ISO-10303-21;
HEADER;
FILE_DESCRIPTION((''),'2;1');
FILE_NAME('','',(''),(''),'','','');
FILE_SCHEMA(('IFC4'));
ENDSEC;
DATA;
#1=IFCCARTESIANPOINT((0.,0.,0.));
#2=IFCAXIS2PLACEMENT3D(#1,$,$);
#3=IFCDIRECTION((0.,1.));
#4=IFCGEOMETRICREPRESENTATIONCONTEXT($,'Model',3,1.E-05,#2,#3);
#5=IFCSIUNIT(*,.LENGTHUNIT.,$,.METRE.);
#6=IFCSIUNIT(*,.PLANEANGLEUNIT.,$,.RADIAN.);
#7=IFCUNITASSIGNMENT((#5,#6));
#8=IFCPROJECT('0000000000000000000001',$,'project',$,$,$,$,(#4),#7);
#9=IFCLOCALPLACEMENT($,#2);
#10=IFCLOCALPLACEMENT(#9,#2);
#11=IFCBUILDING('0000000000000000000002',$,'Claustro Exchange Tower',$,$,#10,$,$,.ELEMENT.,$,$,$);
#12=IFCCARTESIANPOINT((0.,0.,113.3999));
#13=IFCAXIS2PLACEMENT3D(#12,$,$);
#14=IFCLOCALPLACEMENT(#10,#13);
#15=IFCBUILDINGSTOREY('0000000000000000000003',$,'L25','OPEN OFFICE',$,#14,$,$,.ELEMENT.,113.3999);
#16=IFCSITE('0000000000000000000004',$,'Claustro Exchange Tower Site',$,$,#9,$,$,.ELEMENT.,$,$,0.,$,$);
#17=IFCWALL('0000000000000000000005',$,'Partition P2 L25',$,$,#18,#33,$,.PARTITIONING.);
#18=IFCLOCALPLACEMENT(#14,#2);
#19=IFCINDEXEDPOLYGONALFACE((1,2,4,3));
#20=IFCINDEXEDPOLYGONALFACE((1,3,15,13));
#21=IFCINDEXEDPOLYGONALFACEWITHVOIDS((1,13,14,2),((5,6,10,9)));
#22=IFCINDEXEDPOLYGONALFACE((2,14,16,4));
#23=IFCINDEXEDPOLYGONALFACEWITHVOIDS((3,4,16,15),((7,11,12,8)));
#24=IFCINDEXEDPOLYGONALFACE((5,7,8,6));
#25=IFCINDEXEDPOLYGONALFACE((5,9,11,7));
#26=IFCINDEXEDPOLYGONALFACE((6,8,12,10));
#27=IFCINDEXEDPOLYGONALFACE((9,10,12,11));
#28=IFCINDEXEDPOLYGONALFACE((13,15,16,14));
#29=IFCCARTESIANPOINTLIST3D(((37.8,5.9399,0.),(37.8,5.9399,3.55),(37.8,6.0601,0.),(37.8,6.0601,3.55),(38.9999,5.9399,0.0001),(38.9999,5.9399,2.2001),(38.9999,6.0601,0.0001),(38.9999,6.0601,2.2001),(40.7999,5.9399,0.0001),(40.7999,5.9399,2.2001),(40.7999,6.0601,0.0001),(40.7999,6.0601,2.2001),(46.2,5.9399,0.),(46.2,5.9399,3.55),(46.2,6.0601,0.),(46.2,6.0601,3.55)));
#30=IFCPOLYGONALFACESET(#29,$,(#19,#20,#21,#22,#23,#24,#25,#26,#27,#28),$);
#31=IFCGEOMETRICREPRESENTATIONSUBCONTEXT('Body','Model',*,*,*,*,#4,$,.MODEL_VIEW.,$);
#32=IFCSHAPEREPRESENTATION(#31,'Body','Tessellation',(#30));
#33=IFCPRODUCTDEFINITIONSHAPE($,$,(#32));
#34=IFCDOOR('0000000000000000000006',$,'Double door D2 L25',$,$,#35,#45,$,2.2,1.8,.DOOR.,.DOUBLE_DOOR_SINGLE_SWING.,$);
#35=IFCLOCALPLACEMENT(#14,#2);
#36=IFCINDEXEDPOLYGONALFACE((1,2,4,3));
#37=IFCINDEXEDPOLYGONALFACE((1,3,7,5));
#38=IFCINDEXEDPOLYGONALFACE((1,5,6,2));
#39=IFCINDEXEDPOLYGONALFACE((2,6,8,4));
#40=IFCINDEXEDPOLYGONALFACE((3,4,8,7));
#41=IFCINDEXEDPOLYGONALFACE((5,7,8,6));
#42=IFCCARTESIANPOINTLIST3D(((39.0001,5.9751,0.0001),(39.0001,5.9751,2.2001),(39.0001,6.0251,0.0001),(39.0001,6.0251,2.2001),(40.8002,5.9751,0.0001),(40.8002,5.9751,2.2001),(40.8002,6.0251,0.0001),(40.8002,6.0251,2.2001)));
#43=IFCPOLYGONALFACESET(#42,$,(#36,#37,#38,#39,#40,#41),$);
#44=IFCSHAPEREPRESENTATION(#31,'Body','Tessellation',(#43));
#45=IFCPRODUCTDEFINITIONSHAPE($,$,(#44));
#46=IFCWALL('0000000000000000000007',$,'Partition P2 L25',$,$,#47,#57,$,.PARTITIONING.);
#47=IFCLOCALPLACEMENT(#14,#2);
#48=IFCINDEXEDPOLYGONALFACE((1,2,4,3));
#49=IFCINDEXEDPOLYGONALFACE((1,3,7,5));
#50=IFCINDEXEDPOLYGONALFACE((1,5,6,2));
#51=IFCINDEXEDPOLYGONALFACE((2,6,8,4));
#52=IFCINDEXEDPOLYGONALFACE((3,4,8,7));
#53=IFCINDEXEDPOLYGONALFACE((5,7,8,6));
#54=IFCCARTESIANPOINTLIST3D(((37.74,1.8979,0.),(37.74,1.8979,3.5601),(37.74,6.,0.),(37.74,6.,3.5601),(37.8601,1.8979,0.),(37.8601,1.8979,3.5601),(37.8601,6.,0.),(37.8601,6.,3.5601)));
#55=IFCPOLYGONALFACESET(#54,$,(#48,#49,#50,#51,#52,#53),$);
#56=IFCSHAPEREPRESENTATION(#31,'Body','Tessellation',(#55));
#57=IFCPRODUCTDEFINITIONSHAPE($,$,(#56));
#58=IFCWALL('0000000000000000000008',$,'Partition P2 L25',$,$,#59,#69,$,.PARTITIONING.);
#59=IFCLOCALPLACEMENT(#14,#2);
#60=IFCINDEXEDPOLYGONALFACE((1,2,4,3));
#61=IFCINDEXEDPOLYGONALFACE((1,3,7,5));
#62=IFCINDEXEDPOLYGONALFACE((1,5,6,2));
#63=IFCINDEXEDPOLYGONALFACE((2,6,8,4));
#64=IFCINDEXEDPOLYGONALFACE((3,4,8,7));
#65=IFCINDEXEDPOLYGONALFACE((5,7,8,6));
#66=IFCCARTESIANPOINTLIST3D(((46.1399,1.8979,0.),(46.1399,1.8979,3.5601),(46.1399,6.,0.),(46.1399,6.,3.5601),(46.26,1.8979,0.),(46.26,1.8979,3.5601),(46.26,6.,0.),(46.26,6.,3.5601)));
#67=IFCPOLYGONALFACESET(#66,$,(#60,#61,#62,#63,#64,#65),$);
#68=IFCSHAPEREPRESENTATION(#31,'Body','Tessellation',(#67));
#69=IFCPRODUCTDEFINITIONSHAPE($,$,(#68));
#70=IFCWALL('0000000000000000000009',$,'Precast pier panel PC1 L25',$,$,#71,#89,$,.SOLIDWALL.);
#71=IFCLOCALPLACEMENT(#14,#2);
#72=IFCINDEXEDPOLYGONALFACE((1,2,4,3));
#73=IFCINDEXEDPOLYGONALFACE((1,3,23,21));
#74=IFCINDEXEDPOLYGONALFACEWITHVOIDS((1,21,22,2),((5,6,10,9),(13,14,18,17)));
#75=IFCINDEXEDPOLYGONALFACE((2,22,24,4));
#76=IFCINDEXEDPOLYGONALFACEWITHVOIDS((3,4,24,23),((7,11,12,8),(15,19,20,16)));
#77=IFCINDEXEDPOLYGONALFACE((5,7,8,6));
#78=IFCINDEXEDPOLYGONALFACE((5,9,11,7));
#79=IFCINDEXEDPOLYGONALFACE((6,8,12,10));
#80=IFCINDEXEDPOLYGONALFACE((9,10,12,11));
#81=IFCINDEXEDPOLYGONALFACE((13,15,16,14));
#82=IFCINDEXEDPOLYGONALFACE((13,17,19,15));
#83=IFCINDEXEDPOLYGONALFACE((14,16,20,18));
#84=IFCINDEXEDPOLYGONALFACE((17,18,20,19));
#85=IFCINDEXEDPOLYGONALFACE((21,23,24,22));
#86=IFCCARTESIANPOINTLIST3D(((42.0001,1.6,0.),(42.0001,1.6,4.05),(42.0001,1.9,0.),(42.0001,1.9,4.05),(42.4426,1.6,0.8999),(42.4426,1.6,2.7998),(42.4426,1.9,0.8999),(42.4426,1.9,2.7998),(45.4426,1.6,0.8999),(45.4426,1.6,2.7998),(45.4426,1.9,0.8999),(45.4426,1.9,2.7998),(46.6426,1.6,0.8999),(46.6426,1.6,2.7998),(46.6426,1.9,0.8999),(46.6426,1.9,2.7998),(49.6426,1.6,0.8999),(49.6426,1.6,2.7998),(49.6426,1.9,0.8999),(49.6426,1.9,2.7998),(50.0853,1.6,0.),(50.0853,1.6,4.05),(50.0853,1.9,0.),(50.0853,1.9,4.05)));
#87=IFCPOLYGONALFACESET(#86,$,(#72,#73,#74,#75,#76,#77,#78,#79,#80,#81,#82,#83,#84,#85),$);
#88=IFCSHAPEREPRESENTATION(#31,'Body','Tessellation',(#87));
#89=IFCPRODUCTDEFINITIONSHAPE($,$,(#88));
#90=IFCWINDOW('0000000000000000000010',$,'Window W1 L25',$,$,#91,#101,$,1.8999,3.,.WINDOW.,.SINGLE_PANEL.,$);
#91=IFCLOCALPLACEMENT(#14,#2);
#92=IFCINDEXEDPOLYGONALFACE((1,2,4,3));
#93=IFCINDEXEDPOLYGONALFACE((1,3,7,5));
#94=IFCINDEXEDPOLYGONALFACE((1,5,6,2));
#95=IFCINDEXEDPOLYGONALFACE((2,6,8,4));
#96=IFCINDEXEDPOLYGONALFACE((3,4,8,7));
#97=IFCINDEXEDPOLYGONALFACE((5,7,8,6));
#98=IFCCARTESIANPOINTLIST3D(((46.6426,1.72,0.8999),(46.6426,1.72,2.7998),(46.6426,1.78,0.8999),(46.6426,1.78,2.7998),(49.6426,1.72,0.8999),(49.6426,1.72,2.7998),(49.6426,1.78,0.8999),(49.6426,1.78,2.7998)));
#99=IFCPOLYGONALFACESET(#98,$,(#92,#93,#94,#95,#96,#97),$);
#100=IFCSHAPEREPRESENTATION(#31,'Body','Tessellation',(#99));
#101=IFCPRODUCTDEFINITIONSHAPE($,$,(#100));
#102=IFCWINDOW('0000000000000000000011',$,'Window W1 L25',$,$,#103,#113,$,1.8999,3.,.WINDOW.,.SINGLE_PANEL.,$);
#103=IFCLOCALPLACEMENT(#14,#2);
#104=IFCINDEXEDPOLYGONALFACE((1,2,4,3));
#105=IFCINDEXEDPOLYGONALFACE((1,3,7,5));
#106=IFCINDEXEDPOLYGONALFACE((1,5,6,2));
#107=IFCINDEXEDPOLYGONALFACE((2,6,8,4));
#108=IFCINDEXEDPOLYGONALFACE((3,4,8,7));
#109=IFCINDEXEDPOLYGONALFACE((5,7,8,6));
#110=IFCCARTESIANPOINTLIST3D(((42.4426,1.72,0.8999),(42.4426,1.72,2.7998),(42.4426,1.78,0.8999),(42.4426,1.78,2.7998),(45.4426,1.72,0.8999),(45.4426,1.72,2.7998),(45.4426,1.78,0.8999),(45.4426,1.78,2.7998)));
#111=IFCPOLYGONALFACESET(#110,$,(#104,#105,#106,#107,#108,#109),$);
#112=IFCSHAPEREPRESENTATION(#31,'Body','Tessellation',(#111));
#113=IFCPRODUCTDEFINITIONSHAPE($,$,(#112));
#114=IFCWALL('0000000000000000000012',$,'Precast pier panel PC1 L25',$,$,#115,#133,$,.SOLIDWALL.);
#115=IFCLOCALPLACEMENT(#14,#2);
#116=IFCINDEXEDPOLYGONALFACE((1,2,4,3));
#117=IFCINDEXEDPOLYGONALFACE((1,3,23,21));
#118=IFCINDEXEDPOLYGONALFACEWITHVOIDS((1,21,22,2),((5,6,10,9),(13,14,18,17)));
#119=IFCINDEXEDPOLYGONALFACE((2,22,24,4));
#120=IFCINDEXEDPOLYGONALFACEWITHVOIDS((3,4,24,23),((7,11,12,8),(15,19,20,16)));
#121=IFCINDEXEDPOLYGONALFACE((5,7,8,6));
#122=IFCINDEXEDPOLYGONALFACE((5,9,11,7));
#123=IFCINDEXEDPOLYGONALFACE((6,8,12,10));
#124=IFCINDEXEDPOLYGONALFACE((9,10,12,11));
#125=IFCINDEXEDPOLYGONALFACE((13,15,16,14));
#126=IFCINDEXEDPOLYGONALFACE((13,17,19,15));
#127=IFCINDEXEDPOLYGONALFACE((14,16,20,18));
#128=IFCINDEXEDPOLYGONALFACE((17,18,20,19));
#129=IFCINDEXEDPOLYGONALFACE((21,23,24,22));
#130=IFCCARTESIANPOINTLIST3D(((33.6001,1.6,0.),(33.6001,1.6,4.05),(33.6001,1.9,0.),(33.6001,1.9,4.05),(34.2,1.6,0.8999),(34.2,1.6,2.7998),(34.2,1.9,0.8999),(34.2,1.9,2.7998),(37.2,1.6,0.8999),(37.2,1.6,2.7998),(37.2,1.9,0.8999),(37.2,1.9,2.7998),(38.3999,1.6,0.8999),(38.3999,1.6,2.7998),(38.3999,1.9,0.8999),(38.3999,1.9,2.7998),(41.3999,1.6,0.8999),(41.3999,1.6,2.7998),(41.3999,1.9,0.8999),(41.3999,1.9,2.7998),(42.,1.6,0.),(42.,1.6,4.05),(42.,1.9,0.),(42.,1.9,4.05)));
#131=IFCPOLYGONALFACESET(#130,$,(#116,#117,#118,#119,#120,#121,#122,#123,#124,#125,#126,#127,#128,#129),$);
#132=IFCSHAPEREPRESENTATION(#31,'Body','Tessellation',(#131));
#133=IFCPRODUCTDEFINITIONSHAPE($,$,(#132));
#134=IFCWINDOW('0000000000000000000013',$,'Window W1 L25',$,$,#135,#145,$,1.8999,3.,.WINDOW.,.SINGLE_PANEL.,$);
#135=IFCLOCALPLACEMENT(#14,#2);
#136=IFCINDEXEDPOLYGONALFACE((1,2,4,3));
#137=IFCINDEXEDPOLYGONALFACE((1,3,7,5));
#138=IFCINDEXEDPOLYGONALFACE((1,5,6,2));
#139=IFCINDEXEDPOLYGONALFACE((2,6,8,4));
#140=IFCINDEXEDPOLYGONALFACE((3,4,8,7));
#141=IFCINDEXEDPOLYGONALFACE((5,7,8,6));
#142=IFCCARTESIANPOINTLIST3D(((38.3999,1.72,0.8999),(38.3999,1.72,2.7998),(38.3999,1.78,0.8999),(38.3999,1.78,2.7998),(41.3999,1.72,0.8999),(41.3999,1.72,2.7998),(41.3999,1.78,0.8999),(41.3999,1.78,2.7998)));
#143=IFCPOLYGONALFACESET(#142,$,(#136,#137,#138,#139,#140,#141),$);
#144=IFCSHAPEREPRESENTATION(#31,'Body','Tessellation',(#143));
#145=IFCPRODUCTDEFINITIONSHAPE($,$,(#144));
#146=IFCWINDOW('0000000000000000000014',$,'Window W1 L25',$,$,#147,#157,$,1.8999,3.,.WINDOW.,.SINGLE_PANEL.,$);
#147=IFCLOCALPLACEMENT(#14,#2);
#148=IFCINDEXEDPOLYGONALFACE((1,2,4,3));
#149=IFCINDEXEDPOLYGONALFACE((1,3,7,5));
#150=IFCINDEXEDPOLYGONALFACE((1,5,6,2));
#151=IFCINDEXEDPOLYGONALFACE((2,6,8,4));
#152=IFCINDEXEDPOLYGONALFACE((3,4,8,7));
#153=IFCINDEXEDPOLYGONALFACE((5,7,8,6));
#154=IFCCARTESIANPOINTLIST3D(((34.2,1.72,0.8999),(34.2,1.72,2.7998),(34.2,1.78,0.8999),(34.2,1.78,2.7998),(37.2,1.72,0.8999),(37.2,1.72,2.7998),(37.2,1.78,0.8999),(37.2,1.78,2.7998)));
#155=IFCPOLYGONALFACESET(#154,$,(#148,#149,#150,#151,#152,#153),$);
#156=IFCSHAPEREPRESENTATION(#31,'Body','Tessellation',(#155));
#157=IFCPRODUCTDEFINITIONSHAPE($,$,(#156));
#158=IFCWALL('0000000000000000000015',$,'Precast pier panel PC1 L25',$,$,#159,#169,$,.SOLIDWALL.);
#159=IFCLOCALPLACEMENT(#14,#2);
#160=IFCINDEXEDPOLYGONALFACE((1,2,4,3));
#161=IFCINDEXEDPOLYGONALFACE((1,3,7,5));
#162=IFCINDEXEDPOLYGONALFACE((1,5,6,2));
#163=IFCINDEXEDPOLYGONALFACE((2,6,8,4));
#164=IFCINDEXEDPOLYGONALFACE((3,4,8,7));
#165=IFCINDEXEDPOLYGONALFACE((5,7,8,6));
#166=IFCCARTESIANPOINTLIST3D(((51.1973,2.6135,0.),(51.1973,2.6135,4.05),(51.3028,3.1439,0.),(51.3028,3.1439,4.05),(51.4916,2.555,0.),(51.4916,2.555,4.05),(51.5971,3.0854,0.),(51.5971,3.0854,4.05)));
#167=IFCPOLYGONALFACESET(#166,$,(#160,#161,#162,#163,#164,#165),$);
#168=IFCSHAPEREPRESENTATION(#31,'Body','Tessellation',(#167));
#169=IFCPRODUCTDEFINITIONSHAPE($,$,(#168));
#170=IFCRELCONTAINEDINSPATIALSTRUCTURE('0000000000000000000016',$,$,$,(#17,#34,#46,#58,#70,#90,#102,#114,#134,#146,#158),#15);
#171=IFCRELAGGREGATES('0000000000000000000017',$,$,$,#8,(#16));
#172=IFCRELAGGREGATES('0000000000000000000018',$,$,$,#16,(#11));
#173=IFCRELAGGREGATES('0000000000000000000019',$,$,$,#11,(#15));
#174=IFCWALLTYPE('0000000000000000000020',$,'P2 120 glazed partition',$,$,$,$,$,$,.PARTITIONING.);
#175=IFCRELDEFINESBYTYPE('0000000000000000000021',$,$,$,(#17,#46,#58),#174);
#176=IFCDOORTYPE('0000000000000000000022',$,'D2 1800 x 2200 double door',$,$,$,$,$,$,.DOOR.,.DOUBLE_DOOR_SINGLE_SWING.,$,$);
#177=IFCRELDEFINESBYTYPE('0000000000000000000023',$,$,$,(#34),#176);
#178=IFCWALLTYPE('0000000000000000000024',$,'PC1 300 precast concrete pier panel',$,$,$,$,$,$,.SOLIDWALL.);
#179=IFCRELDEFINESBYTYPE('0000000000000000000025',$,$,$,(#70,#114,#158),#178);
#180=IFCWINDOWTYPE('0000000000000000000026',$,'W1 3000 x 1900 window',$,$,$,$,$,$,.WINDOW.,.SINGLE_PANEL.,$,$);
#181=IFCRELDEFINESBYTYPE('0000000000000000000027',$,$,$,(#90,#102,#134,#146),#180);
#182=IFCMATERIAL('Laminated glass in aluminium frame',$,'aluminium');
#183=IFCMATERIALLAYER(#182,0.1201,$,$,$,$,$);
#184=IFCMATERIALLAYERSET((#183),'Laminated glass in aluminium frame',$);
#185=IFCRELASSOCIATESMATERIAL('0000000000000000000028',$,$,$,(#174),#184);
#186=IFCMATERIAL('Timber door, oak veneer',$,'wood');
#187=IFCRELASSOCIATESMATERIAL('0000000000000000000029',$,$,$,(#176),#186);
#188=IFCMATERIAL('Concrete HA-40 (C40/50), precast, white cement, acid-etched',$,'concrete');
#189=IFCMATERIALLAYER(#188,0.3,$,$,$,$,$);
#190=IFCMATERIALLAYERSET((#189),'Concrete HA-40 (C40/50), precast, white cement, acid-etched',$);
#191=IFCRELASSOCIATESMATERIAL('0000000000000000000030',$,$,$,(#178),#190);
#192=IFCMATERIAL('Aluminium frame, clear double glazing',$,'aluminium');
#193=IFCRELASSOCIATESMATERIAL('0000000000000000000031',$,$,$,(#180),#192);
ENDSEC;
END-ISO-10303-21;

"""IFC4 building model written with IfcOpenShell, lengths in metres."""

from ifc_helpers import new_model, si_unit, direction, frame, frame_2d, origin, place, context, subcontext, project, spatial, rectangle, extrude, material, layer, layer_set, type_object, element, fill, save


model = new_model("IFC4")

# Units and contexts
model_context = context("Model", 3, precision=1e-05, world=origin(), true_north=direction((0.0, 1.0)))
body_context = subcontext(model_context, "Body", "Model", "MODEL_VIEW")
ifc_project = project(units=[si_unit("LENGTHUNIT", "METRE"), si_unit("PLANEANGLEUNIT", "RADIAN")], contexts=[model_context])

# Site, building, storey
site_placement = place(None, origin())
site = spatial("IfcSite", under=ifc_project, at=site_placement, Name="Claustro Exchange Tower Site", CompositionType="ELEMENT", RefElevation=0.0)
building_placement = place(site_placement, origin())
building = spatial("IfcBuilding", under=site, at=building_placement, Name="Claustro Exchange Tower", CompositionType="ELEMENT")
storey_placement = place(building_placement, frame((0.0, 0.0, 113.3999)))
storey = spatial("IfcBuildingStorey", under=building, at=storey_placement, Name="L25", Description="OPEN OFFICE", CompositionType="ELEMENT", Elevation=113.3999)

# Wall, opening, door
ifc_material_1 = material(Name="Laminated glass in aluminium frame", Category="aluminium")
ifc_layer_1 = layer(ifc_material_1, 0.1201)
ifc_layer_set_1 = layer_set([ifc_layer_1], Name="Laminated glass in aluminium frame")
wall_type_1 = type_object("IfcWallType", Name="P2 120 glazed partition", PredefinedType="PARTITIONING", material=ifc_layer_set_1)
wall_1_placement = place(storey_placement, frame((37.8, 6.0, 0.0), z_axis=(0.0, 0.0, 1.0), x_axis=(1.0, 0.0, 0.0)))
wall_1 = element("IfcWall", 1, at=wall_1_placement, inside=storey, type_object=wall_type_1, Name="Partition P2 L25", PredefinedType="PARTITIONING", context=body_context, shape_type="SweptSolid", body=[
    extrude(rectangle(XDim=8.3999, YDim=0.1201, at=frame_2d((4.2, 0.0))), origin(), (0.0, 0.0, 1.0), 3.55),
])
opening_1_placement = place(wall_1_placement, frame((1.2, 0.0, 0.0)))
opening_1 = element("IfcOpeningElement", 2, at=opening_1_placement, cuts=wall_1, PredefinedType="OPENING", context=body_context, shape_type="SweptSolid", body=[
    extrude(rectangle(XDim=1.8, YDim=2.2, at=frame_2d((0.8999, 1.1001))), frame((0.0, 0.0701, 0.0), z_axis=(0.0, -1.0, 0.0), x_axis=(1.0, 0.0, 0.0)), (0.0, 0.0, 1.0), 0.1401),
])
ifc_material_2 = material(Name="Timber door, oak veneer", Category="wood")
door_type_1 = type_object("IfcDoorType", Name="D2 1800 x 2200 double door", OperationType="DOUBLE_DOOR_SINGLE_SWING", PredefinedType="DOOR", material=ifc_material_2)
door_1_placement = place(opening_1_placement, frame((1.8, 0.0, 0.0), z_axis=(0.0, 0.0, 1.0), x_axis=(-1.0, 0.0, 0.0)))
door_1 = element("IfcDoor", 3, at=door_1_placement, inside=storey, type_object=door_type_1, Name="Double door D2 L25", OperationType="DOUBLE_DOOR_SINGLE_SWING", OverallHeight=2.2, OverallWidth=1.8, PredefinedType="DOOR", context=body_context, shape_type="SweptSolid", body=[
    extrude(rectangle(XDim=1.8, YDim=2.2, at=frame_2d((0.8999, 1.1001))), frame((0.0, 0.0249, 0.0), z_axis=(0.0, -1.0, 0.0), x_axis=(1.0, 0.0, 0.0)), (0.0, 0.0, 1.0), 0.05),
])
fill(opening_1, door_1)

# Walls
for number, where, z_axis, x_axis, name in (
    (4, (37.8, 1.8979, 0.0), (0.0, 0.0, 1.0), (0.0, 1.0, 0.0), "Partition P2 L25"),
    (5, (46.2, 1.8979, 0.0), (0.0, 0.0, 1.0), (0.0, 1.0, 0.0), "Partition P2 L25"),
):
    element("IfcWall", number, at=place(storey_placement, frame(where, z_axis=z_axis, x_axis=x_axis)), inside=storey, type_object=wall_type_1, Name=name, PredefinedType="PARTITIONING", context=body_context, shape_type="SweptSolid", body=[
        extrude(rectangle(XDim=4.1021, YDim=0.1201, at=frame_2d((2.051, 0.0))), origin(), (0.0, 0.0, 1.0), 3.5601),
    ])

# Walls, openings, windows
ifc_material_3 = material(Name="Concrete HA-40 (C40/50), precast, white cement, acid-etched", Category="concrete")
ifc_layer_2 = layer(ifc_material_3, 0.3)
ifc_layer_set_2 = layer_set([ifc_layer_2], Name="Concrete HA-40 (C40/50), precast, white cement, acid-etched")
wall_type_2 = type_object("IfcWallType", Name="PC1 300 precast concrete pier panel", PredefinedType="SOLIDWALL", material=ifc_layer_set_2)
wall_2_placement = place(storey_placement, frame((50.0852, 1.75, 0.0), z_axis=(0.0, 0.0, 1.0), x_axis=(-1.0, 0.0, 0.0)))
wall_2 = element("IfcWall", 6, at=wall_2_placement, inside=storey, type_object=wall_type_2, Name="Precast pier panel PC1 L25", PredefinedType="SOLIDWALL", context=body_context, shape_type="SweptSolid", body=[
    extrude(rectangle(XDim=8.0852, YDim=0.3, at=frame_2d((4.0425, 0.0))), origin(), (0.0, 0.0, 1.0), 4.05),
])
opening_2_placement = place(wall_2_placement, frame((0.4426, 0.0, 0.8999)))
opening_2 = element("IfcOpeningElement", 7, at=opening_2_placement, cuts=wall_2, PredefinedType="OPENING", context=body_context, shape_type="SweptSolid", body=[
    extrude(rectangle(XDim=3.0, YDim=1.8999, at=frame_2d((1.5, 0.95))), frame((0.0, 0.1599, 0.0), z_axis=(0.0, -1.0, 0.0), x_axis=(1.0, 0.0, 0.0)), (0.0, 0.0, 1.0), 0.3201),
])
opening_3_placement = place(wall_2_placement, frame((4.6426, 0.0, 0.8999)))
opening_3 = element("IfcOpeningElement", 8, at=opening_3_placement, cuts=wall_2, PredefinedType="OPENING", context=body_context, shape_type="SweptSolid", body=[
    extrude(rectangle(XDim=3.0, YDim=1.8999, at=frame_2d((1.5, 0.95))), frame((0.0, 0.1599, 0.0), z_axis=(0.0, -1.0, 0.0), x_axis=(1.0, 0.0, 0.0)), (0.0, 0.0, 1.0), 0.3201),
])
ifc_material_4 = material(Name="Aluminium frame, clear double glazing", Category="aluminium")
window_type = type_object("IfcWindowType", Name="W1 3000 x 1900 window", PartitioningType="SINGLE_PANEL", PredefinedType="WINDOW", material=ifc_material_4)
window_1_placement = place(opening_2_placement, origin())
window_1 = element("IfcWindow", 9, at=window_1_placement, inside=storey, type_object=window_type, Name="Window W1 L25", OverallHeight=1.8999, OverallWidth=3.0, PartitioningType="SINGLE_PANEL", PredefinedType="WINDOW", context=body_context, shape_type="SweptSolid", body=[
    extrude(rectangle(XDim=3.0, YDim=1.8999, at=frame_2d((1.5, 0.95))), frame((0.0, 0.03, 0.0), z_axis=(0.0, -1.0, 0.0), x_axis=(1.0, 0.0, 0.0)), (0.0, 0.0, 1.0), 0.0601),
])
fill(opening_2, window_1)
window_2_placement = place(opening_3_placement, origin())
window_2 = element("IfcWindow", 10, at=window_2_placement, inside=storey, type_object=window_type, Name="Window W1 L25", OverallHeight=1.8999, OverallWidth=3.0, PartitioningType="SINGLE_PANEL", PredefinedType="WINDOW", context=body_context, shape_type="SweptSolid", body=[
    extrude(rectangle(XDim=3.0, YDim=1.8999, at=frame_2d((1.5, 0.95))), frame((0.0, 0.03, 0.0), z_axis=(0.0, -1.0, 0.0), x_axis=(1.0, 0.0, 0.0)), (0.0, 0.0, 1.0), 0.0601),
])
fill(opening_3, window_2)
wall_3_placement = place(storey_placement, frame((42.0, 1.75, 0.0), z_axis=(0.0, 0.0, 1.0), x_axis=(-1.0, 0.0, 0.0)))
wall_3 = element("IfcWall", 11, at=wall_3_placement, inside=storey, type_object=wall_type_2, Name="Precast pier panel PC1 L25", PredefinedType="SOLIDWALL", context=body_context, shape_type="SweptSolid", body=[
    extrude(rectangle(XDim=8.3999, YDim=0.3, at=frame_2d((4.2, 0.0))), origin(), (0.0, 0.0, 1.0), 4.05),
])
opening_4_placement = place(wall_3_placement, frame((0.6001, 0.0, 0.8999)))
opening_4 = element("IfcOpeningElement", 12, at=opening_4_placement, cuts=wall_3, PredefinedType="OPENING", context=body_context, shape_type="SweptSolid", body=[
    extrude(rectangle(XDim=3.0, YDim=1.8999, at=frame_2d((1.5, 0.95))), frame((0.0, 0.1599, 0.0), z_axis=(0.0, -1.0, 0.0), x_axis=(1.0, 0.0, 0.0)), (0.0, 0.0, 1.0), 0.3201),
])
opening_5_placement = place(wall_3_placement, frame((4.8, 0.0, 0.8999)))
opening_5 = element("IfcOpeningElement", 13, at=opening_5_placement, cuts=wall_3, PredefinedType="OPENING", context=body_context, shape_type="SweptSolid", body=[
    extrude(rectangle(XDim=3.0, YDim=1.8999, at=frame_2d((1.5, 0.95))), frame((0.0, 0.1599, 0.0), z_axis=(0.0, -1.0, 0.0), x_axis=(1.0, 0.0, 0.0)), (0.0, 0.0, 1.0), 0.3201),
])
window_3_placement = place(opening_4_placement, origin())
window_3 = element("IfcWindow", 14, at=window_3_placement, inside=storey, type_object=window_type, Name="Window W1 L25", OverallHeight=1.8999, OverallWidth=3.0, PartitioningType="SINGLE_PANEL", PredefinedType="WINDOW", context=body_context, shape_type="SweptSolid", body=[
    extrude(rectangle(XDim=3.0, YDim=1.8999, at=frame_2d((1.5, 0.95))), frame((0.0, 0.03, 0.0), z_axis=(0.0, -1.0, 0.0), x_axis=(1.0, 0.0, 0.0)), (0.0, 0.0, 1.0), 0.0601),
])
fill(opening_4, window_3)
window_4_placement = place(opening_5_placement, origin())
window_4 = element("IfcWindow", 15, at=window_4_placement, inside=storey, type_object=window_type, Name="Window W1 L25", OverallHeight=1.8999, OverallWidth=3.0, PartitioningType="SINGLE_PANEL", PredefinedType="WINDOW", context=body_context, shape_type="SweptSolid", body=[
    extrude(rectangle(XDim=3.0, YDim=1.8999, at=frame_2d((1.5, 0.95))), frame((0.0, 0.03, 0.0), z_axis=(0.0, -1.0, 0.0), x_axis=(1.0, 0.0, 0.0)), (0.0, 0.0, 1.0), 0.0601),
])
fill(opening_5, window_4)

# Wall
wall_4_placement = place(storey_placement, frame((51.45, 3.1147, 0.0), z_axis=(0.0, 0.0, 1.0), x_axis=(-0.195074, -0.980789, 0.0)))
element("IfcWall", 16, at=wall_4_placement, inside=storey, type_object=wall_type_2, Name="Precast pier panel PC1 L25", PredefinedType="SOLIDWALL", context=body_context, shape_type="SweptSolid", body=[
    extrude(rectangle(XDim=0.5408, YDim=0.3, at=frame_2d((0.2705, 0.0))), origin(), (0.0, 0.0, 1.0), 4.05),
])

save(model, "model.ifc")
